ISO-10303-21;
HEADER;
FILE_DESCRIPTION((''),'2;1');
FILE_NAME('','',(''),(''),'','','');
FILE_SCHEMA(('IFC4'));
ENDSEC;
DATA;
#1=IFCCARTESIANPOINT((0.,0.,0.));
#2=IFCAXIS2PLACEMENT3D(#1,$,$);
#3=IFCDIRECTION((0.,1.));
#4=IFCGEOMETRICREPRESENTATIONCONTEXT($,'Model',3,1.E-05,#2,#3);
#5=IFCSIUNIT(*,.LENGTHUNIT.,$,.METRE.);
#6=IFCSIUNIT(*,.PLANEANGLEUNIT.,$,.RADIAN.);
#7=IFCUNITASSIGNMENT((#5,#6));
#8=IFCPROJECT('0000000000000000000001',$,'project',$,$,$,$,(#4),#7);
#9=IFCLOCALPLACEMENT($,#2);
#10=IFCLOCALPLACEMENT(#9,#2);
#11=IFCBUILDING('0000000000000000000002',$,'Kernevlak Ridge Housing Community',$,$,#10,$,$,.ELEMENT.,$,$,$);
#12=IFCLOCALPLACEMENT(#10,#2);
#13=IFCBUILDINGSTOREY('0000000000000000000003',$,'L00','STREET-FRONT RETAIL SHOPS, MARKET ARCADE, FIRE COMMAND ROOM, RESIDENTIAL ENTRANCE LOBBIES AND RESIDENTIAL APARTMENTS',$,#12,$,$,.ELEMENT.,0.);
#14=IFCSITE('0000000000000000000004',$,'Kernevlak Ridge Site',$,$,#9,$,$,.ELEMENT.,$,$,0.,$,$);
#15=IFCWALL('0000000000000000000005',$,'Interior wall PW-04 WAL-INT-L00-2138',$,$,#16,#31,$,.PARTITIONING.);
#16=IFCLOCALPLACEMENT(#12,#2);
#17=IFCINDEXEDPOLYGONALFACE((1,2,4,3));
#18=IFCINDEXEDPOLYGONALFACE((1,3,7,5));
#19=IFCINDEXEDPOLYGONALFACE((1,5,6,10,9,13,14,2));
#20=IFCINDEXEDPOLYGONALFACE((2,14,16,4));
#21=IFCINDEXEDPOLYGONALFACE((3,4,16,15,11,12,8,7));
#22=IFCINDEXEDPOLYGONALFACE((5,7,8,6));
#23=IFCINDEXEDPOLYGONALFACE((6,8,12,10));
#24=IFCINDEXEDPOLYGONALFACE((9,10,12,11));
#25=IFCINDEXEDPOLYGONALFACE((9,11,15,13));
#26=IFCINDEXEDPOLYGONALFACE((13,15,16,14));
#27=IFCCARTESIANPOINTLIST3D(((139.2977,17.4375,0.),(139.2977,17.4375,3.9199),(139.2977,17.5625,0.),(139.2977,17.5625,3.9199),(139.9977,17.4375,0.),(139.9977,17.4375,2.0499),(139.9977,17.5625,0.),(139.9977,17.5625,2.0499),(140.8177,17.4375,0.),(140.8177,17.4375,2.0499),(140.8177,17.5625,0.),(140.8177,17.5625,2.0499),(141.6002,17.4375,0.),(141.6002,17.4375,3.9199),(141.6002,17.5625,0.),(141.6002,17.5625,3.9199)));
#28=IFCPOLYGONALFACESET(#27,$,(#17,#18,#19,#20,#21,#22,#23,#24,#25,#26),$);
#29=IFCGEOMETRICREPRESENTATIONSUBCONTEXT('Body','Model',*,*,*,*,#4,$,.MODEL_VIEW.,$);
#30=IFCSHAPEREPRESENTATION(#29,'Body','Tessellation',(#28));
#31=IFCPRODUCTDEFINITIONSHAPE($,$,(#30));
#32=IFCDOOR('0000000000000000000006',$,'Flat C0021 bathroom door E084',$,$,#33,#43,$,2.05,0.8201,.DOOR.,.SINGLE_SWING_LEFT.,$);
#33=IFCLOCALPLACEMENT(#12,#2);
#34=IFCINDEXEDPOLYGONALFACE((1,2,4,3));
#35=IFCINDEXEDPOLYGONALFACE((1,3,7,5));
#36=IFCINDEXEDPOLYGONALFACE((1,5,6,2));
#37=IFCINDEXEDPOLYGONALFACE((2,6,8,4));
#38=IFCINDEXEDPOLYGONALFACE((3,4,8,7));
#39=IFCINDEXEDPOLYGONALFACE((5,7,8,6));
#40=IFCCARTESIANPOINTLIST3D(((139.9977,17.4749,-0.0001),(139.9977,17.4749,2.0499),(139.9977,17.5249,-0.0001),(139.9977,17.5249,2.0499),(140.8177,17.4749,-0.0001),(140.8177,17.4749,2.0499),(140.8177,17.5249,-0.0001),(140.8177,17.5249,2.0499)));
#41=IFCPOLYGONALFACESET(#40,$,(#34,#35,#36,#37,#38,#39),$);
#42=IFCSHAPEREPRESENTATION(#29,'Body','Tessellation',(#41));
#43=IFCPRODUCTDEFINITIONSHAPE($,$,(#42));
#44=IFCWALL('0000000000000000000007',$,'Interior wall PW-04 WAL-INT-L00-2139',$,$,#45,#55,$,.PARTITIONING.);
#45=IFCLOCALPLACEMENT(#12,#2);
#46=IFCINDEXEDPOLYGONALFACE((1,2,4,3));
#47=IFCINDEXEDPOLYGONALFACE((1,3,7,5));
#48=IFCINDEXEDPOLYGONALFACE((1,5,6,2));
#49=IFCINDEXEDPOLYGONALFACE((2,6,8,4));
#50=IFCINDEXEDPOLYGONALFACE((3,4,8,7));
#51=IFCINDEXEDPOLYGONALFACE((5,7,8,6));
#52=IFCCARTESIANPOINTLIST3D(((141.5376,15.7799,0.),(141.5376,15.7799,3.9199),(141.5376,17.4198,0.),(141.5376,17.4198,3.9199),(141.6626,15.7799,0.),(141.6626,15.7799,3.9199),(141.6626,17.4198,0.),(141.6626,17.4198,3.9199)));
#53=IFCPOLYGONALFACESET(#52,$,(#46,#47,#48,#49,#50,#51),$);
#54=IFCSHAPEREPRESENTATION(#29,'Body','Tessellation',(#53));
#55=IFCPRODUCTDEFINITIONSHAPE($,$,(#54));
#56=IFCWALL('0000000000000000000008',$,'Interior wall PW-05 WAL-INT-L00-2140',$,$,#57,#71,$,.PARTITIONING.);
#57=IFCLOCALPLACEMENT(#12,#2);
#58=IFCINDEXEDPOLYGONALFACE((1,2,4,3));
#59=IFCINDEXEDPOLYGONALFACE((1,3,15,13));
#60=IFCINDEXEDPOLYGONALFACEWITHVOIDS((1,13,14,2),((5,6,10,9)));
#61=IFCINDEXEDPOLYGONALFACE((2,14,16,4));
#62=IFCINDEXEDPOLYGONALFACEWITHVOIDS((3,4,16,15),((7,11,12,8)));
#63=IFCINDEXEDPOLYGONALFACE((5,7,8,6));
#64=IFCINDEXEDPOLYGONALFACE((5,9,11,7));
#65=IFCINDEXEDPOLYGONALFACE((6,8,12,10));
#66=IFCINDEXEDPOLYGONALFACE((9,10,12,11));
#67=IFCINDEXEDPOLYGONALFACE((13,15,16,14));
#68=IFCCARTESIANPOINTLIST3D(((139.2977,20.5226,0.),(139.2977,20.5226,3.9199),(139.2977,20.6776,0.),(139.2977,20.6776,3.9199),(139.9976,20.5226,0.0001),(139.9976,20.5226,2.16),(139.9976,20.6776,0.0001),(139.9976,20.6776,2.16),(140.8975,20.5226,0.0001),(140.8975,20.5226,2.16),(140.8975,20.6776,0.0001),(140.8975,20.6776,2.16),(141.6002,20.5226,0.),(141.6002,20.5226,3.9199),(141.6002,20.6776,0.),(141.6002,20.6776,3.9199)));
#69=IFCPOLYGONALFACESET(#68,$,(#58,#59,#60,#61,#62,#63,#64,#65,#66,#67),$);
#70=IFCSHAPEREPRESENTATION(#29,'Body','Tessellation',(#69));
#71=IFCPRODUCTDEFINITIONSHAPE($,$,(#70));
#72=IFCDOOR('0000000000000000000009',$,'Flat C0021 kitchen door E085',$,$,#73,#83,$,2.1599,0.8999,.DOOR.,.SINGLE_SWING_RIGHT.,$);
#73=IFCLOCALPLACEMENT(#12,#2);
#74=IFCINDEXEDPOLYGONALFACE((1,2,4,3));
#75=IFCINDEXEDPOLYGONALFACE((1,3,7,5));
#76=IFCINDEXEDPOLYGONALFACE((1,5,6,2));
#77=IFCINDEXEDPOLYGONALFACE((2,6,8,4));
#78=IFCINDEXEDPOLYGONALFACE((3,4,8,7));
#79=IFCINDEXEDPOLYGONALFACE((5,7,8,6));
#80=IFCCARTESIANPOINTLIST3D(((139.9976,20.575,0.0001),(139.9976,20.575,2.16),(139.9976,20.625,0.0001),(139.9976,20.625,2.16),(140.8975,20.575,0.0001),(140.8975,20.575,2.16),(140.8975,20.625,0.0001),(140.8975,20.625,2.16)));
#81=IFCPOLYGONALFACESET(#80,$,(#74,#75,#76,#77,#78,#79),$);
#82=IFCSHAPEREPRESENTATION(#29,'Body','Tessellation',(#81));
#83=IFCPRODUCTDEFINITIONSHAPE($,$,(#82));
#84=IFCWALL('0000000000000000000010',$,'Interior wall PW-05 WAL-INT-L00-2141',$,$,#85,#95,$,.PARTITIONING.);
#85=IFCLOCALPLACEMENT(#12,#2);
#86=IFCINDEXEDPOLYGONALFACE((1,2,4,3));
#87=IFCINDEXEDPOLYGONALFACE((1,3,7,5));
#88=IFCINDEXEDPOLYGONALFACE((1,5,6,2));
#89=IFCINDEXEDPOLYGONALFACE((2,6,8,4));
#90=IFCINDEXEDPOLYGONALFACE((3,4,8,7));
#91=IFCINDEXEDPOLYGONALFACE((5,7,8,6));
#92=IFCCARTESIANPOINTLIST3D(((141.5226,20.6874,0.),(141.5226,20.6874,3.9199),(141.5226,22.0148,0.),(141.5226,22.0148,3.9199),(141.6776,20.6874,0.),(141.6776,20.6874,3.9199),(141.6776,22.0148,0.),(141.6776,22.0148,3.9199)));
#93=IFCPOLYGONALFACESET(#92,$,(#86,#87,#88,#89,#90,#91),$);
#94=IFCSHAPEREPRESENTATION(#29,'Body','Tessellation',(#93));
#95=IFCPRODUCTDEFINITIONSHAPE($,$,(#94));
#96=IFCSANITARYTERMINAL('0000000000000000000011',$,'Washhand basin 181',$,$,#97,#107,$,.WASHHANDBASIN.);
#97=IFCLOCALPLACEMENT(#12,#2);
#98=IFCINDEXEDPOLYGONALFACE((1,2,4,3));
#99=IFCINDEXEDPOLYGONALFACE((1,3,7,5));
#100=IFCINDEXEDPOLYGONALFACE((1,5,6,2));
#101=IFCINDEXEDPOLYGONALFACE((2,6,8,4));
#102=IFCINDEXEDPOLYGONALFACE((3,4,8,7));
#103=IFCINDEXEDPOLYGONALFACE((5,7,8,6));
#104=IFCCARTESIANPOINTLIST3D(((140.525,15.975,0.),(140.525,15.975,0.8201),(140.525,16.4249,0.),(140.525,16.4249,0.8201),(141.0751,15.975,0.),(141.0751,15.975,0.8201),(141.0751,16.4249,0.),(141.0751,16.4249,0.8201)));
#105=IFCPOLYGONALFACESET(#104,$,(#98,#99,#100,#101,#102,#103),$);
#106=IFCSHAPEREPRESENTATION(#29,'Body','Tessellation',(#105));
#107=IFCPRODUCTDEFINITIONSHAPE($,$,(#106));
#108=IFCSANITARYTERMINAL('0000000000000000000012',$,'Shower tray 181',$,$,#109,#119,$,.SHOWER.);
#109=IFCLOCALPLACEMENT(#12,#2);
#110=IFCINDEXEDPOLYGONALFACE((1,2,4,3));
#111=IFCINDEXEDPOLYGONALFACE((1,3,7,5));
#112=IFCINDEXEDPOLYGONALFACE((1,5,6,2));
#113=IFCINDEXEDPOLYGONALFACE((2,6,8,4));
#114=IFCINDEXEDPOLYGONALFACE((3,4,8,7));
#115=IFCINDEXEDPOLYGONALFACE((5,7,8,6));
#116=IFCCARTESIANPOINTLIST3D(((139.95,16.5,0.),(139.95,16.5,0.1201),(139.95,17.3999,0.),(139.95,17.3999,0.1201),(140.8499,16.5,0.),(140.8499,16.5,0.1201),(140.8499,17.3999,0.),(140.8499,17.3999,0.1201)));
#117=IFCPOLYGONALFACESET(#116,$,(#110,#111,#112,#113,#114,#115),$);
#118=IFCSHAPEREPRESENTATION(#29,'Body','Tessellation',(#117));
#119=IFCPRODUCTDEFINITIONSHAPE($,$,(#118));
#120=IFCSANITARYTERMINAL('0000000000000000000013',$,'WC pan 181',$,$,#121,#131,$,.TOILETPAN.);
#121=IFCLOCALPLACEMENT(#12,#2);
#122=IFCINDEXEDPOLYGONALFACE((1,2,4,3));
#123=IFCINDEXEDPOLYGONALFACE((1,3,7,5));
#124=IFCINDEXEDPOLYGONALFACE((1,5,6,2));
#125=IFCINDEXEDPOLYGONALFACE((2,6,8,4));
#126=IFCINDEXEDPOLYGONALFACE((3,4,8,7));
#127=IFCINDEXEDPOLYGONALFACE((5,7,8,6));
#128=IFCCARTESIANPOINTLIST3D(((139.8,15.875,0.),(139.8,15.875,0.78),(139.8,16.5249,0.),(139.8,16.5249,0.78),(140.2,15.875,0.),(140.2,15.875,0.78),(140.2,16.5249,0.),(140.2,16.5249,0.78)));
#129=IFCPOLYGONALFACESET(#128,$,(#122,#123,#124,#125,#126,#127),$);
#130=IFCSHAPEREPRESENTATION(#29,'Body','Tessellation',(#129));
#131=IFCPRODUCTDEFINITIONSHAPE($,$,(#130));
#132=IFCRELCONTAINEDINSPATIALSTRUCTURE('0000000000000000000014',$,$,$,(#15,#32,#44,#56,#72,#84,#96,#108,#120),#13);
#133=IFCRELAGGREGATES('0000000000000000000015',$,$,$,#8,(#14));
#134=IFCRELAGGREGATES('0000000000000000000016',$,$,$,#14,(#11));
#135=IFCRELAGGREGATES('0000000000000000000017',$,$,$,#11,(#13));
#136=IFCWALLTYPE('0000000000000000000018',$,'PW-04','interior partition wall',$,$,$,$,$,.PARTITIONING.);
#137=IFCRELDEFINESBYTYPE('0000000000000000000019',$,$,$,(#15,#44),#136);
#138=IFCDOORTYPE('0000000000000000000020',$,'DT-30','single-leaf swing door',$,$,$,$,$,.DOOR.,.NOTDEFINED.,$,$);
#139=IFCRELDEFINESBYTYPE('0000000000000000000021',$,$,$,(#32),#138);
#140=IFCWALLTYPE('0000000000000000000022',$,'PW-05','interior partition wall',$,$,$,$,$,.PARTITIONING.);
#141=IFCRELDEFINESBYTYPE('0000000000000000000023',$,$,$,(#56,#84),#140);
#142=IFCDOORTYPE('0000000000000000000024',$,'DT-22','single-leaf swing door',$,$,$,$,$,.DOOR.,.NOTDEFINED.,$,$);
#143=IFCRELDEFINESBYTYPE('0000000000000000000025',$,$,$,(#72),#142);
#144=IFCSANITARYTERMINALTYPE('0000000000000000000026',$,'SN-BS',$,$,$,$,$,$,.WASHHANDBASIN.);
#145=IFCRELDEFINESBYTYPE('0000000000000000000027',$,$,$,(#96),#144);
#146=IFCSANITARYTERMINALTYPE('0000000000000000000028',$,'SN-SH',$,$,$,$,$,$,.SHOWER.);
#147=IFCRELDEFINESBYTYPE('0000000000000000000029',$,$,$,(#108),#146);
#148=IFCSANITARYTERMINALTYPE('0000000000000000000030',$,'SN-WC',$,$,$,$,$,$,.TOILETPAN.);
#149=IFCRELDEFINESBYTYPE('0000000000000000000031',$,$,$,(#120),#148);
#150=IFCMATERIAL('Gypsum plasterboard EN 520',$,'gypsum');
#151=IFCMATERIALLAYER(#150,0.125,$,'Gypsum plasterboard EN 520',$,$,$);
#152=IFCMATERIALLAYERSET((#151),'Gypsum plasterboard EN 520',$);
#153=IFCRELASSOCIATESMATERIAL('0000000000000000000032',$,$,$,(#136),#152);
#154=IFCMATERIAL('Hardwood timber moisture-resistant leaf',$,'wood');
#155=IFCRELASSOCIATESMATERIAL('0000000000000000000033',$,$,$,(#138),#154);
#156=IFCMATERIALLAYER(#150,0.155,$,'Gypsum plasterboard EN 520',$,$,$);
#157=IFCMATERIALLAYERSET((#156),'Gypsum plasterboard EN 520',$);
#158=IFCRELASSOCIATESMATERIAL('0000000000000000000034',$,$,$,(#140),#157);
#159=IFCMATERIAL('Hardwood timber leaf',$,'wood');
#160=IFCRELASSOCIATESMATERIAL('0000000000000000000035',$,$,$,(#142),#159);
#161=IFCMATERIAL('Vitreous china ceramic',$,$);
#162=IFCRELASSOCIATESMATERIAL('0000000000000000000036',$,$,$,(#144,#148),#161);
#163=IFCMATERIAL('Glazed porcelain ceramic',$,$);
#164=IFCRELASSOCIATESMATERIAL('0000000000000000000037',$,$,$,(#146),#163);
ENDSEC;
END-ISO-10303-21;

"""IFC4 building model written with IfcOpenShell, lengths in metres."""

from ifc_helpers import new_model, si_unit, direction, frame, frame_2d, origin, origin_2d, place, context, subcontext, project, spatial, rectangle, extrude, material, layer, layer_set, type_object, element, fill, save


model = new_model("IFC4")

# Units and contexts
model_context = context("Model", 3, precision=1e-05, world=origin(), true_north=direction((0.0, 1.0)))
body_context = subcontext(model_context, "Body", "Model", "MODEL_VIEW")
ifc_project = project(units=[si_unit("LENGTHUNIT", "METRE"), si_unit("PLANEANGLEUNIT", "RADIAN")], contexts=[model_context])

# Site, building, storey
site_placement = place(None, origin())
site = spatial("IfcSite", under=ifc_project, at=site_placement, Name="Kernevlak Ridge Site", CompositionType="ELEMENT", RefElevation=0.0)
building_placement = place(site_placement, origin())
building = spatial("IfcBuilding", under=site, at=building_placement, Name="Kernevlak Ridge Housing Community", CompositionType="ELEMENT")
storey_placement = place(building_placement, origin())
storey = spatial("IfcBuildingStorey", under=building, at=storey_placement, Name="L00", Description="STREET-FRONT RETAIL SHOPS, MARKET ARCADE, FIRE COMMAND ROOM, RESIDENTIAL ENTRANCE LOBBIES AND RESIDENTIAL APARTMENTS", CompositionType="ELEMENT", Elevation=0.0)

# Shared definitions
ifc_material_1 = material(Name="Hardwood timber leaf", Category="wood")

# Wall, opening, door
ifc_material_2 = material(Name="Gypsum plasterboard EN 520", Category="gypsum")
ifc_layer_1 = layer(ifc_material_2, 0.125, Name="Gypsum plasterboard EN 520")
ifc_layer_set_1 = layer_set([ifc_layer_1], Name="Gypsum plasterboard EN 520")
wall_type_1 = type_object("IfcWallType", Name="PW-04", Description="interior partition wall", PredefinedType="PARTITIONING", material=ifc_layer_set_1)
wall_1_placement = place(storey_placement, frame((139.2976, 17.5, 0.0), z_axis=(0.0, 0.0, 1.0), x_axis=(1.0, 0.0, 0.0)))
wall_1 = element("IfcWall", 1, at=wall_1_placement, inside=storey, type_object=wall_type_1, Name="Interior wall PW-04 WAL-INT-L00-2138", PredefinedType="PARTITIONING", context=body_context, shape_type="SweptSolid", body=[
    extrude(rectangle(XDim=2.3025, YDim=0.125, at=frame_2d((1.1514, 0.0))), origin(), (0.0, 0.0, 1.0), 3.9199),
])
opening_1_placement = place(wall_1_placement, frame((0.7, 0.0, 0.0)))
opening_1 = element("IfcOpeningElement", 2, at=opening_1_placement, cuts=wall_1, PredefinedType="OPENING", context=body_context, shape_type="SweptSolid", body=[
    extrude(rectangle(XDim=0.8201, YDim=2.05, at=frame_2d((0.4102, 1.0249))), frame((0.0, 0.0725, 0.0), z_axis=(0.0, -1.0, 0.0), x_axis=(1.0, 0.0, 0.0)), (0.0, 0.0, 1.0), 0.145),
])
ifc_material_3 = material(Name="Hardwood timber moisture-resistant leaf", Category="wood")
door_type_1 = type_object("IfcDoorType", Name="DT-30", Description="single-leaf swing door", OperationType="NOTDEFINED", PredefinedType="DOOR", material=ifc_material_3)
door_1_placement = place(opening_1_placement, origin())
door_1 = element("IfcDoor", 3, at=door_1_placement, inside=storey, type_object=door_type_1, Name="Flat C0021 bathroom door E084", OperationType="SINGLE_SWING_LEFT", OverallHeight=2.05, OverallWidth=0.8201, PredefinedType="DOOR", context=body_context, shape_type="SweptSolid", body=[
    extrude(rectangle(XDim=0.8201, YDim=2.05, at=frame_2d((0.4102, 1.0249))), frame((0.0, 0.0249, 0.0), z_axis=(0.0, -1.0, 0.0), x_axis=(1.0, 0.0, 0.0)), (0.0, 0.0, 1.0), 0.05),
])
fill(opening_1, door_1)

# Wall
wall_2_placement = place(storey_placement, frame((141.6001, 15.78, 0.0), z_axis=(0.0, 0.0, 1.0), x_axis=(0.0, 1.0, 0.0)))
element("IfcWall", 4, at=wall_2_placement, inside=storey, type_object=wall_type_1, Name="Interior wall PW-04 WAL-INT-L00-2139", PredefinedType="PARTITIONING", context=body_context, shape_type="SweptSolid", body=[
    extrude(rectangle(XDim=1.6399, YDim=0.125, at=frame_2d((0.8198, 0.0))), origin(), (0.0, 0.0, 1.0), 3.9199),
])

# Wall, opening, door
ifc_layer_2 = layer(ifc_material_2, 0.155, Name="Gypsum plasterboard EN 520")
ifc_layer_set_2 = layer_set([ifc_layer_2], Name="Gypsum plasterboard EN 520")
wall_type_2 = type_object("IfcWallType", Name="PW-05", Description="interior partition wall", PredefinedType="PARTITIONING", material=ifc_layer_set_2)
wall_3_placement = place(storey_placement, frame((139.2976, 20.6001, 0.0), z_axis=(0.0, 0.0, 1.0), x_axis=(1.0, 0.0, 0.0)))
wall_3 = element("IfcWall", 5, at=wall_3_placement, inside=storey, type_object=wall_type_2, Name="Interior wall PW-05 WAL-INT-L00-2140", PredefinedType="PARTITIONING", context=body_context, shape_type="SweptSolid", body=[
    extrude(rectangle(XDim=2.3025, YDim=0.155, at=frame_2d((1.1514, 0.0))), origin(), (0.0, 0.0, 1.0), 3.9199),
])
opening_2_placement = place(wall_3_placement, frame((0.7, 0.0, 0.0)))
opening_2 = element("IfcOpeningElement", 6, at=opening_2_placement, cuts=wall_3, PredefinedType="OPENING", context=body_context, shape_type="SweptSolid", body=[
    extrude(rectangle(XDim=0.8999, YDim=2.1599, at=frame_2d((0.45, 1.0801))), frame((0.0, 0.0874, 0.0), z_axis=(0.0, -1.0, 0.0), x_axis=(1.0, 0.0, 0.0)), (0.0, 0.0, 1.0), 0.175),
])
door_type_2 = type_object("IfcDoorType", Name="DT-22", Description="single-leaf swing door", OperationType="NOTDEFINED", PredefinedType="DOOR", material=ifc_material_1)
door_2_placement = place(opening_2_placement, origin())
door_2 = element("IfcDoor", 7, at=door_2_placement, inside=storey, type_object=door_type_2, Name="Flat C0021 kitchen door E085", OperationType="SINGLE_SWING_RIGHT", OverallHeight=2.1599, OverallWidth=0.8999, PredefinedType="DOOR", context=body_context, shape_type="SweptSolid", body=[
    extrude(rectangle(XDim=0.8999, YDim=2.1599, at=frame_2d((0.45, 1.0801))), frame((0.0, 0.0249, 0.0), z_axis=(0.0, -1.0, 0.0), x_axis=(1.0, 0.0, 0.0)), (0.0, 0.0, 1.0), 0.05),
])
fill(opening_2, door_2)

# Wall
wall_4_placement = place(storey_placement, frame((141.6001, 20.6875, 0.0), z_axis=(0.0, 0.0, 1.0), x_axis=(0.0, 1.0, 0.0)))
element("IfcWall", 8, at=wall_4_placement, inside=storey, type_object=wall_type_2, Name="Interior wall PW-05 WAL-INT-L00-2141", PredefinedType="PARTITIONING", context=body_context, shape_type="SweptSolid", body=[
    extrude(rectangle(XDim=1.3274, YDim=0.155, at=frame_2d((0.6636, 0.0))), origin(), (0.0, 0.0, 1.0), 3.9199),
])

# Sanitary terminals
ifc_material_4 = material(Name="Vitreous china ceramic")
sanitary_terminal_type_1 = type_object("IfcSanitaryTerminalType", Name="SN-BS", PredefinedType="WASHHANDBASIN", material=ifc_material_4)
sanitary_terminal_1_placement = place(storey_placement, frame((140.8, 16.2, 0.0), z_axis=(0.0, 0.0, 1.0), x_axis=(1.0, 0.0, 0.0)))
element("IfcSanitaryTerminal", 9, at=sanitary_terminal_1_placement, inside=storey, type_object=sanitary_terminal_type_1, Name="Washhand basin 181", PredefinedType="WASHHANDBASIN", context=body_context, shape_type="SweptSolid", body=[
    extrude(rectangle(XDim=0.55, YDim=0.45, at=origin_2d()), origin(), (0.0, 0.0, 1.0), 0.8201),
])
ifc_material_5 = material(Name="Glazed porcelain ceramic")
sanitary_terminal_type_2 = type_object("IfcSanitaryTerminalType", Name="SN-SH", PredefinedType="SHOWER", material=ifc_material_5)
sanitary_terminal_2_placement = place(storey_placement, frame((140.3999, 16.95, 0.0), z_axis=(0.0, 0.0, 1.0), x_axis=(1.0, 0.0, 0.0)))
element("IfcSanitaryTerminal", 10, at=sanitary_terminal_2_placement, inside=storey, type_object=sanitary_terminal_type_2, Name="Shower tray 181", PredefinedType="SHOWER", context=body_context, shape_type="SweptSolid", body=[
    extrude(rectangle(XDim=0.8999, YDim=0.8999, at=origin_2d()), origin(), (0.0, 0.0, 1.0), 0.1201),
])
sanitary_terminal_type_3 = type_object("IfcSanitaryTerminalType", Name="SN-WC", PredefinedType="TOILETPAN", material=ifc_material_4)
sanitary_terminal_3_placement = place(storey_placement, frame((140.0, 16.2, 0.0), z_axis=(0.0, 0.0, 1.0), x_axis=(1.0, 0.0, 0.0)))
element("IfcSanitaryTerminal", 11, at=sanitary_terminal_3_placement, inside=storey, type_object=sanitary_terminal_type_3, Name="WC pan 181", PredefinedType="TOILETPAN", context=body_context, shape_type="SweptSolid", body=[
    extrude(rectangle(XDim=0.3999, YDim=0.6499, at=origin_2d()), origin(), (0.0, 0.0, 1.0), 0.78),
])

save(model, "model.ifc")
